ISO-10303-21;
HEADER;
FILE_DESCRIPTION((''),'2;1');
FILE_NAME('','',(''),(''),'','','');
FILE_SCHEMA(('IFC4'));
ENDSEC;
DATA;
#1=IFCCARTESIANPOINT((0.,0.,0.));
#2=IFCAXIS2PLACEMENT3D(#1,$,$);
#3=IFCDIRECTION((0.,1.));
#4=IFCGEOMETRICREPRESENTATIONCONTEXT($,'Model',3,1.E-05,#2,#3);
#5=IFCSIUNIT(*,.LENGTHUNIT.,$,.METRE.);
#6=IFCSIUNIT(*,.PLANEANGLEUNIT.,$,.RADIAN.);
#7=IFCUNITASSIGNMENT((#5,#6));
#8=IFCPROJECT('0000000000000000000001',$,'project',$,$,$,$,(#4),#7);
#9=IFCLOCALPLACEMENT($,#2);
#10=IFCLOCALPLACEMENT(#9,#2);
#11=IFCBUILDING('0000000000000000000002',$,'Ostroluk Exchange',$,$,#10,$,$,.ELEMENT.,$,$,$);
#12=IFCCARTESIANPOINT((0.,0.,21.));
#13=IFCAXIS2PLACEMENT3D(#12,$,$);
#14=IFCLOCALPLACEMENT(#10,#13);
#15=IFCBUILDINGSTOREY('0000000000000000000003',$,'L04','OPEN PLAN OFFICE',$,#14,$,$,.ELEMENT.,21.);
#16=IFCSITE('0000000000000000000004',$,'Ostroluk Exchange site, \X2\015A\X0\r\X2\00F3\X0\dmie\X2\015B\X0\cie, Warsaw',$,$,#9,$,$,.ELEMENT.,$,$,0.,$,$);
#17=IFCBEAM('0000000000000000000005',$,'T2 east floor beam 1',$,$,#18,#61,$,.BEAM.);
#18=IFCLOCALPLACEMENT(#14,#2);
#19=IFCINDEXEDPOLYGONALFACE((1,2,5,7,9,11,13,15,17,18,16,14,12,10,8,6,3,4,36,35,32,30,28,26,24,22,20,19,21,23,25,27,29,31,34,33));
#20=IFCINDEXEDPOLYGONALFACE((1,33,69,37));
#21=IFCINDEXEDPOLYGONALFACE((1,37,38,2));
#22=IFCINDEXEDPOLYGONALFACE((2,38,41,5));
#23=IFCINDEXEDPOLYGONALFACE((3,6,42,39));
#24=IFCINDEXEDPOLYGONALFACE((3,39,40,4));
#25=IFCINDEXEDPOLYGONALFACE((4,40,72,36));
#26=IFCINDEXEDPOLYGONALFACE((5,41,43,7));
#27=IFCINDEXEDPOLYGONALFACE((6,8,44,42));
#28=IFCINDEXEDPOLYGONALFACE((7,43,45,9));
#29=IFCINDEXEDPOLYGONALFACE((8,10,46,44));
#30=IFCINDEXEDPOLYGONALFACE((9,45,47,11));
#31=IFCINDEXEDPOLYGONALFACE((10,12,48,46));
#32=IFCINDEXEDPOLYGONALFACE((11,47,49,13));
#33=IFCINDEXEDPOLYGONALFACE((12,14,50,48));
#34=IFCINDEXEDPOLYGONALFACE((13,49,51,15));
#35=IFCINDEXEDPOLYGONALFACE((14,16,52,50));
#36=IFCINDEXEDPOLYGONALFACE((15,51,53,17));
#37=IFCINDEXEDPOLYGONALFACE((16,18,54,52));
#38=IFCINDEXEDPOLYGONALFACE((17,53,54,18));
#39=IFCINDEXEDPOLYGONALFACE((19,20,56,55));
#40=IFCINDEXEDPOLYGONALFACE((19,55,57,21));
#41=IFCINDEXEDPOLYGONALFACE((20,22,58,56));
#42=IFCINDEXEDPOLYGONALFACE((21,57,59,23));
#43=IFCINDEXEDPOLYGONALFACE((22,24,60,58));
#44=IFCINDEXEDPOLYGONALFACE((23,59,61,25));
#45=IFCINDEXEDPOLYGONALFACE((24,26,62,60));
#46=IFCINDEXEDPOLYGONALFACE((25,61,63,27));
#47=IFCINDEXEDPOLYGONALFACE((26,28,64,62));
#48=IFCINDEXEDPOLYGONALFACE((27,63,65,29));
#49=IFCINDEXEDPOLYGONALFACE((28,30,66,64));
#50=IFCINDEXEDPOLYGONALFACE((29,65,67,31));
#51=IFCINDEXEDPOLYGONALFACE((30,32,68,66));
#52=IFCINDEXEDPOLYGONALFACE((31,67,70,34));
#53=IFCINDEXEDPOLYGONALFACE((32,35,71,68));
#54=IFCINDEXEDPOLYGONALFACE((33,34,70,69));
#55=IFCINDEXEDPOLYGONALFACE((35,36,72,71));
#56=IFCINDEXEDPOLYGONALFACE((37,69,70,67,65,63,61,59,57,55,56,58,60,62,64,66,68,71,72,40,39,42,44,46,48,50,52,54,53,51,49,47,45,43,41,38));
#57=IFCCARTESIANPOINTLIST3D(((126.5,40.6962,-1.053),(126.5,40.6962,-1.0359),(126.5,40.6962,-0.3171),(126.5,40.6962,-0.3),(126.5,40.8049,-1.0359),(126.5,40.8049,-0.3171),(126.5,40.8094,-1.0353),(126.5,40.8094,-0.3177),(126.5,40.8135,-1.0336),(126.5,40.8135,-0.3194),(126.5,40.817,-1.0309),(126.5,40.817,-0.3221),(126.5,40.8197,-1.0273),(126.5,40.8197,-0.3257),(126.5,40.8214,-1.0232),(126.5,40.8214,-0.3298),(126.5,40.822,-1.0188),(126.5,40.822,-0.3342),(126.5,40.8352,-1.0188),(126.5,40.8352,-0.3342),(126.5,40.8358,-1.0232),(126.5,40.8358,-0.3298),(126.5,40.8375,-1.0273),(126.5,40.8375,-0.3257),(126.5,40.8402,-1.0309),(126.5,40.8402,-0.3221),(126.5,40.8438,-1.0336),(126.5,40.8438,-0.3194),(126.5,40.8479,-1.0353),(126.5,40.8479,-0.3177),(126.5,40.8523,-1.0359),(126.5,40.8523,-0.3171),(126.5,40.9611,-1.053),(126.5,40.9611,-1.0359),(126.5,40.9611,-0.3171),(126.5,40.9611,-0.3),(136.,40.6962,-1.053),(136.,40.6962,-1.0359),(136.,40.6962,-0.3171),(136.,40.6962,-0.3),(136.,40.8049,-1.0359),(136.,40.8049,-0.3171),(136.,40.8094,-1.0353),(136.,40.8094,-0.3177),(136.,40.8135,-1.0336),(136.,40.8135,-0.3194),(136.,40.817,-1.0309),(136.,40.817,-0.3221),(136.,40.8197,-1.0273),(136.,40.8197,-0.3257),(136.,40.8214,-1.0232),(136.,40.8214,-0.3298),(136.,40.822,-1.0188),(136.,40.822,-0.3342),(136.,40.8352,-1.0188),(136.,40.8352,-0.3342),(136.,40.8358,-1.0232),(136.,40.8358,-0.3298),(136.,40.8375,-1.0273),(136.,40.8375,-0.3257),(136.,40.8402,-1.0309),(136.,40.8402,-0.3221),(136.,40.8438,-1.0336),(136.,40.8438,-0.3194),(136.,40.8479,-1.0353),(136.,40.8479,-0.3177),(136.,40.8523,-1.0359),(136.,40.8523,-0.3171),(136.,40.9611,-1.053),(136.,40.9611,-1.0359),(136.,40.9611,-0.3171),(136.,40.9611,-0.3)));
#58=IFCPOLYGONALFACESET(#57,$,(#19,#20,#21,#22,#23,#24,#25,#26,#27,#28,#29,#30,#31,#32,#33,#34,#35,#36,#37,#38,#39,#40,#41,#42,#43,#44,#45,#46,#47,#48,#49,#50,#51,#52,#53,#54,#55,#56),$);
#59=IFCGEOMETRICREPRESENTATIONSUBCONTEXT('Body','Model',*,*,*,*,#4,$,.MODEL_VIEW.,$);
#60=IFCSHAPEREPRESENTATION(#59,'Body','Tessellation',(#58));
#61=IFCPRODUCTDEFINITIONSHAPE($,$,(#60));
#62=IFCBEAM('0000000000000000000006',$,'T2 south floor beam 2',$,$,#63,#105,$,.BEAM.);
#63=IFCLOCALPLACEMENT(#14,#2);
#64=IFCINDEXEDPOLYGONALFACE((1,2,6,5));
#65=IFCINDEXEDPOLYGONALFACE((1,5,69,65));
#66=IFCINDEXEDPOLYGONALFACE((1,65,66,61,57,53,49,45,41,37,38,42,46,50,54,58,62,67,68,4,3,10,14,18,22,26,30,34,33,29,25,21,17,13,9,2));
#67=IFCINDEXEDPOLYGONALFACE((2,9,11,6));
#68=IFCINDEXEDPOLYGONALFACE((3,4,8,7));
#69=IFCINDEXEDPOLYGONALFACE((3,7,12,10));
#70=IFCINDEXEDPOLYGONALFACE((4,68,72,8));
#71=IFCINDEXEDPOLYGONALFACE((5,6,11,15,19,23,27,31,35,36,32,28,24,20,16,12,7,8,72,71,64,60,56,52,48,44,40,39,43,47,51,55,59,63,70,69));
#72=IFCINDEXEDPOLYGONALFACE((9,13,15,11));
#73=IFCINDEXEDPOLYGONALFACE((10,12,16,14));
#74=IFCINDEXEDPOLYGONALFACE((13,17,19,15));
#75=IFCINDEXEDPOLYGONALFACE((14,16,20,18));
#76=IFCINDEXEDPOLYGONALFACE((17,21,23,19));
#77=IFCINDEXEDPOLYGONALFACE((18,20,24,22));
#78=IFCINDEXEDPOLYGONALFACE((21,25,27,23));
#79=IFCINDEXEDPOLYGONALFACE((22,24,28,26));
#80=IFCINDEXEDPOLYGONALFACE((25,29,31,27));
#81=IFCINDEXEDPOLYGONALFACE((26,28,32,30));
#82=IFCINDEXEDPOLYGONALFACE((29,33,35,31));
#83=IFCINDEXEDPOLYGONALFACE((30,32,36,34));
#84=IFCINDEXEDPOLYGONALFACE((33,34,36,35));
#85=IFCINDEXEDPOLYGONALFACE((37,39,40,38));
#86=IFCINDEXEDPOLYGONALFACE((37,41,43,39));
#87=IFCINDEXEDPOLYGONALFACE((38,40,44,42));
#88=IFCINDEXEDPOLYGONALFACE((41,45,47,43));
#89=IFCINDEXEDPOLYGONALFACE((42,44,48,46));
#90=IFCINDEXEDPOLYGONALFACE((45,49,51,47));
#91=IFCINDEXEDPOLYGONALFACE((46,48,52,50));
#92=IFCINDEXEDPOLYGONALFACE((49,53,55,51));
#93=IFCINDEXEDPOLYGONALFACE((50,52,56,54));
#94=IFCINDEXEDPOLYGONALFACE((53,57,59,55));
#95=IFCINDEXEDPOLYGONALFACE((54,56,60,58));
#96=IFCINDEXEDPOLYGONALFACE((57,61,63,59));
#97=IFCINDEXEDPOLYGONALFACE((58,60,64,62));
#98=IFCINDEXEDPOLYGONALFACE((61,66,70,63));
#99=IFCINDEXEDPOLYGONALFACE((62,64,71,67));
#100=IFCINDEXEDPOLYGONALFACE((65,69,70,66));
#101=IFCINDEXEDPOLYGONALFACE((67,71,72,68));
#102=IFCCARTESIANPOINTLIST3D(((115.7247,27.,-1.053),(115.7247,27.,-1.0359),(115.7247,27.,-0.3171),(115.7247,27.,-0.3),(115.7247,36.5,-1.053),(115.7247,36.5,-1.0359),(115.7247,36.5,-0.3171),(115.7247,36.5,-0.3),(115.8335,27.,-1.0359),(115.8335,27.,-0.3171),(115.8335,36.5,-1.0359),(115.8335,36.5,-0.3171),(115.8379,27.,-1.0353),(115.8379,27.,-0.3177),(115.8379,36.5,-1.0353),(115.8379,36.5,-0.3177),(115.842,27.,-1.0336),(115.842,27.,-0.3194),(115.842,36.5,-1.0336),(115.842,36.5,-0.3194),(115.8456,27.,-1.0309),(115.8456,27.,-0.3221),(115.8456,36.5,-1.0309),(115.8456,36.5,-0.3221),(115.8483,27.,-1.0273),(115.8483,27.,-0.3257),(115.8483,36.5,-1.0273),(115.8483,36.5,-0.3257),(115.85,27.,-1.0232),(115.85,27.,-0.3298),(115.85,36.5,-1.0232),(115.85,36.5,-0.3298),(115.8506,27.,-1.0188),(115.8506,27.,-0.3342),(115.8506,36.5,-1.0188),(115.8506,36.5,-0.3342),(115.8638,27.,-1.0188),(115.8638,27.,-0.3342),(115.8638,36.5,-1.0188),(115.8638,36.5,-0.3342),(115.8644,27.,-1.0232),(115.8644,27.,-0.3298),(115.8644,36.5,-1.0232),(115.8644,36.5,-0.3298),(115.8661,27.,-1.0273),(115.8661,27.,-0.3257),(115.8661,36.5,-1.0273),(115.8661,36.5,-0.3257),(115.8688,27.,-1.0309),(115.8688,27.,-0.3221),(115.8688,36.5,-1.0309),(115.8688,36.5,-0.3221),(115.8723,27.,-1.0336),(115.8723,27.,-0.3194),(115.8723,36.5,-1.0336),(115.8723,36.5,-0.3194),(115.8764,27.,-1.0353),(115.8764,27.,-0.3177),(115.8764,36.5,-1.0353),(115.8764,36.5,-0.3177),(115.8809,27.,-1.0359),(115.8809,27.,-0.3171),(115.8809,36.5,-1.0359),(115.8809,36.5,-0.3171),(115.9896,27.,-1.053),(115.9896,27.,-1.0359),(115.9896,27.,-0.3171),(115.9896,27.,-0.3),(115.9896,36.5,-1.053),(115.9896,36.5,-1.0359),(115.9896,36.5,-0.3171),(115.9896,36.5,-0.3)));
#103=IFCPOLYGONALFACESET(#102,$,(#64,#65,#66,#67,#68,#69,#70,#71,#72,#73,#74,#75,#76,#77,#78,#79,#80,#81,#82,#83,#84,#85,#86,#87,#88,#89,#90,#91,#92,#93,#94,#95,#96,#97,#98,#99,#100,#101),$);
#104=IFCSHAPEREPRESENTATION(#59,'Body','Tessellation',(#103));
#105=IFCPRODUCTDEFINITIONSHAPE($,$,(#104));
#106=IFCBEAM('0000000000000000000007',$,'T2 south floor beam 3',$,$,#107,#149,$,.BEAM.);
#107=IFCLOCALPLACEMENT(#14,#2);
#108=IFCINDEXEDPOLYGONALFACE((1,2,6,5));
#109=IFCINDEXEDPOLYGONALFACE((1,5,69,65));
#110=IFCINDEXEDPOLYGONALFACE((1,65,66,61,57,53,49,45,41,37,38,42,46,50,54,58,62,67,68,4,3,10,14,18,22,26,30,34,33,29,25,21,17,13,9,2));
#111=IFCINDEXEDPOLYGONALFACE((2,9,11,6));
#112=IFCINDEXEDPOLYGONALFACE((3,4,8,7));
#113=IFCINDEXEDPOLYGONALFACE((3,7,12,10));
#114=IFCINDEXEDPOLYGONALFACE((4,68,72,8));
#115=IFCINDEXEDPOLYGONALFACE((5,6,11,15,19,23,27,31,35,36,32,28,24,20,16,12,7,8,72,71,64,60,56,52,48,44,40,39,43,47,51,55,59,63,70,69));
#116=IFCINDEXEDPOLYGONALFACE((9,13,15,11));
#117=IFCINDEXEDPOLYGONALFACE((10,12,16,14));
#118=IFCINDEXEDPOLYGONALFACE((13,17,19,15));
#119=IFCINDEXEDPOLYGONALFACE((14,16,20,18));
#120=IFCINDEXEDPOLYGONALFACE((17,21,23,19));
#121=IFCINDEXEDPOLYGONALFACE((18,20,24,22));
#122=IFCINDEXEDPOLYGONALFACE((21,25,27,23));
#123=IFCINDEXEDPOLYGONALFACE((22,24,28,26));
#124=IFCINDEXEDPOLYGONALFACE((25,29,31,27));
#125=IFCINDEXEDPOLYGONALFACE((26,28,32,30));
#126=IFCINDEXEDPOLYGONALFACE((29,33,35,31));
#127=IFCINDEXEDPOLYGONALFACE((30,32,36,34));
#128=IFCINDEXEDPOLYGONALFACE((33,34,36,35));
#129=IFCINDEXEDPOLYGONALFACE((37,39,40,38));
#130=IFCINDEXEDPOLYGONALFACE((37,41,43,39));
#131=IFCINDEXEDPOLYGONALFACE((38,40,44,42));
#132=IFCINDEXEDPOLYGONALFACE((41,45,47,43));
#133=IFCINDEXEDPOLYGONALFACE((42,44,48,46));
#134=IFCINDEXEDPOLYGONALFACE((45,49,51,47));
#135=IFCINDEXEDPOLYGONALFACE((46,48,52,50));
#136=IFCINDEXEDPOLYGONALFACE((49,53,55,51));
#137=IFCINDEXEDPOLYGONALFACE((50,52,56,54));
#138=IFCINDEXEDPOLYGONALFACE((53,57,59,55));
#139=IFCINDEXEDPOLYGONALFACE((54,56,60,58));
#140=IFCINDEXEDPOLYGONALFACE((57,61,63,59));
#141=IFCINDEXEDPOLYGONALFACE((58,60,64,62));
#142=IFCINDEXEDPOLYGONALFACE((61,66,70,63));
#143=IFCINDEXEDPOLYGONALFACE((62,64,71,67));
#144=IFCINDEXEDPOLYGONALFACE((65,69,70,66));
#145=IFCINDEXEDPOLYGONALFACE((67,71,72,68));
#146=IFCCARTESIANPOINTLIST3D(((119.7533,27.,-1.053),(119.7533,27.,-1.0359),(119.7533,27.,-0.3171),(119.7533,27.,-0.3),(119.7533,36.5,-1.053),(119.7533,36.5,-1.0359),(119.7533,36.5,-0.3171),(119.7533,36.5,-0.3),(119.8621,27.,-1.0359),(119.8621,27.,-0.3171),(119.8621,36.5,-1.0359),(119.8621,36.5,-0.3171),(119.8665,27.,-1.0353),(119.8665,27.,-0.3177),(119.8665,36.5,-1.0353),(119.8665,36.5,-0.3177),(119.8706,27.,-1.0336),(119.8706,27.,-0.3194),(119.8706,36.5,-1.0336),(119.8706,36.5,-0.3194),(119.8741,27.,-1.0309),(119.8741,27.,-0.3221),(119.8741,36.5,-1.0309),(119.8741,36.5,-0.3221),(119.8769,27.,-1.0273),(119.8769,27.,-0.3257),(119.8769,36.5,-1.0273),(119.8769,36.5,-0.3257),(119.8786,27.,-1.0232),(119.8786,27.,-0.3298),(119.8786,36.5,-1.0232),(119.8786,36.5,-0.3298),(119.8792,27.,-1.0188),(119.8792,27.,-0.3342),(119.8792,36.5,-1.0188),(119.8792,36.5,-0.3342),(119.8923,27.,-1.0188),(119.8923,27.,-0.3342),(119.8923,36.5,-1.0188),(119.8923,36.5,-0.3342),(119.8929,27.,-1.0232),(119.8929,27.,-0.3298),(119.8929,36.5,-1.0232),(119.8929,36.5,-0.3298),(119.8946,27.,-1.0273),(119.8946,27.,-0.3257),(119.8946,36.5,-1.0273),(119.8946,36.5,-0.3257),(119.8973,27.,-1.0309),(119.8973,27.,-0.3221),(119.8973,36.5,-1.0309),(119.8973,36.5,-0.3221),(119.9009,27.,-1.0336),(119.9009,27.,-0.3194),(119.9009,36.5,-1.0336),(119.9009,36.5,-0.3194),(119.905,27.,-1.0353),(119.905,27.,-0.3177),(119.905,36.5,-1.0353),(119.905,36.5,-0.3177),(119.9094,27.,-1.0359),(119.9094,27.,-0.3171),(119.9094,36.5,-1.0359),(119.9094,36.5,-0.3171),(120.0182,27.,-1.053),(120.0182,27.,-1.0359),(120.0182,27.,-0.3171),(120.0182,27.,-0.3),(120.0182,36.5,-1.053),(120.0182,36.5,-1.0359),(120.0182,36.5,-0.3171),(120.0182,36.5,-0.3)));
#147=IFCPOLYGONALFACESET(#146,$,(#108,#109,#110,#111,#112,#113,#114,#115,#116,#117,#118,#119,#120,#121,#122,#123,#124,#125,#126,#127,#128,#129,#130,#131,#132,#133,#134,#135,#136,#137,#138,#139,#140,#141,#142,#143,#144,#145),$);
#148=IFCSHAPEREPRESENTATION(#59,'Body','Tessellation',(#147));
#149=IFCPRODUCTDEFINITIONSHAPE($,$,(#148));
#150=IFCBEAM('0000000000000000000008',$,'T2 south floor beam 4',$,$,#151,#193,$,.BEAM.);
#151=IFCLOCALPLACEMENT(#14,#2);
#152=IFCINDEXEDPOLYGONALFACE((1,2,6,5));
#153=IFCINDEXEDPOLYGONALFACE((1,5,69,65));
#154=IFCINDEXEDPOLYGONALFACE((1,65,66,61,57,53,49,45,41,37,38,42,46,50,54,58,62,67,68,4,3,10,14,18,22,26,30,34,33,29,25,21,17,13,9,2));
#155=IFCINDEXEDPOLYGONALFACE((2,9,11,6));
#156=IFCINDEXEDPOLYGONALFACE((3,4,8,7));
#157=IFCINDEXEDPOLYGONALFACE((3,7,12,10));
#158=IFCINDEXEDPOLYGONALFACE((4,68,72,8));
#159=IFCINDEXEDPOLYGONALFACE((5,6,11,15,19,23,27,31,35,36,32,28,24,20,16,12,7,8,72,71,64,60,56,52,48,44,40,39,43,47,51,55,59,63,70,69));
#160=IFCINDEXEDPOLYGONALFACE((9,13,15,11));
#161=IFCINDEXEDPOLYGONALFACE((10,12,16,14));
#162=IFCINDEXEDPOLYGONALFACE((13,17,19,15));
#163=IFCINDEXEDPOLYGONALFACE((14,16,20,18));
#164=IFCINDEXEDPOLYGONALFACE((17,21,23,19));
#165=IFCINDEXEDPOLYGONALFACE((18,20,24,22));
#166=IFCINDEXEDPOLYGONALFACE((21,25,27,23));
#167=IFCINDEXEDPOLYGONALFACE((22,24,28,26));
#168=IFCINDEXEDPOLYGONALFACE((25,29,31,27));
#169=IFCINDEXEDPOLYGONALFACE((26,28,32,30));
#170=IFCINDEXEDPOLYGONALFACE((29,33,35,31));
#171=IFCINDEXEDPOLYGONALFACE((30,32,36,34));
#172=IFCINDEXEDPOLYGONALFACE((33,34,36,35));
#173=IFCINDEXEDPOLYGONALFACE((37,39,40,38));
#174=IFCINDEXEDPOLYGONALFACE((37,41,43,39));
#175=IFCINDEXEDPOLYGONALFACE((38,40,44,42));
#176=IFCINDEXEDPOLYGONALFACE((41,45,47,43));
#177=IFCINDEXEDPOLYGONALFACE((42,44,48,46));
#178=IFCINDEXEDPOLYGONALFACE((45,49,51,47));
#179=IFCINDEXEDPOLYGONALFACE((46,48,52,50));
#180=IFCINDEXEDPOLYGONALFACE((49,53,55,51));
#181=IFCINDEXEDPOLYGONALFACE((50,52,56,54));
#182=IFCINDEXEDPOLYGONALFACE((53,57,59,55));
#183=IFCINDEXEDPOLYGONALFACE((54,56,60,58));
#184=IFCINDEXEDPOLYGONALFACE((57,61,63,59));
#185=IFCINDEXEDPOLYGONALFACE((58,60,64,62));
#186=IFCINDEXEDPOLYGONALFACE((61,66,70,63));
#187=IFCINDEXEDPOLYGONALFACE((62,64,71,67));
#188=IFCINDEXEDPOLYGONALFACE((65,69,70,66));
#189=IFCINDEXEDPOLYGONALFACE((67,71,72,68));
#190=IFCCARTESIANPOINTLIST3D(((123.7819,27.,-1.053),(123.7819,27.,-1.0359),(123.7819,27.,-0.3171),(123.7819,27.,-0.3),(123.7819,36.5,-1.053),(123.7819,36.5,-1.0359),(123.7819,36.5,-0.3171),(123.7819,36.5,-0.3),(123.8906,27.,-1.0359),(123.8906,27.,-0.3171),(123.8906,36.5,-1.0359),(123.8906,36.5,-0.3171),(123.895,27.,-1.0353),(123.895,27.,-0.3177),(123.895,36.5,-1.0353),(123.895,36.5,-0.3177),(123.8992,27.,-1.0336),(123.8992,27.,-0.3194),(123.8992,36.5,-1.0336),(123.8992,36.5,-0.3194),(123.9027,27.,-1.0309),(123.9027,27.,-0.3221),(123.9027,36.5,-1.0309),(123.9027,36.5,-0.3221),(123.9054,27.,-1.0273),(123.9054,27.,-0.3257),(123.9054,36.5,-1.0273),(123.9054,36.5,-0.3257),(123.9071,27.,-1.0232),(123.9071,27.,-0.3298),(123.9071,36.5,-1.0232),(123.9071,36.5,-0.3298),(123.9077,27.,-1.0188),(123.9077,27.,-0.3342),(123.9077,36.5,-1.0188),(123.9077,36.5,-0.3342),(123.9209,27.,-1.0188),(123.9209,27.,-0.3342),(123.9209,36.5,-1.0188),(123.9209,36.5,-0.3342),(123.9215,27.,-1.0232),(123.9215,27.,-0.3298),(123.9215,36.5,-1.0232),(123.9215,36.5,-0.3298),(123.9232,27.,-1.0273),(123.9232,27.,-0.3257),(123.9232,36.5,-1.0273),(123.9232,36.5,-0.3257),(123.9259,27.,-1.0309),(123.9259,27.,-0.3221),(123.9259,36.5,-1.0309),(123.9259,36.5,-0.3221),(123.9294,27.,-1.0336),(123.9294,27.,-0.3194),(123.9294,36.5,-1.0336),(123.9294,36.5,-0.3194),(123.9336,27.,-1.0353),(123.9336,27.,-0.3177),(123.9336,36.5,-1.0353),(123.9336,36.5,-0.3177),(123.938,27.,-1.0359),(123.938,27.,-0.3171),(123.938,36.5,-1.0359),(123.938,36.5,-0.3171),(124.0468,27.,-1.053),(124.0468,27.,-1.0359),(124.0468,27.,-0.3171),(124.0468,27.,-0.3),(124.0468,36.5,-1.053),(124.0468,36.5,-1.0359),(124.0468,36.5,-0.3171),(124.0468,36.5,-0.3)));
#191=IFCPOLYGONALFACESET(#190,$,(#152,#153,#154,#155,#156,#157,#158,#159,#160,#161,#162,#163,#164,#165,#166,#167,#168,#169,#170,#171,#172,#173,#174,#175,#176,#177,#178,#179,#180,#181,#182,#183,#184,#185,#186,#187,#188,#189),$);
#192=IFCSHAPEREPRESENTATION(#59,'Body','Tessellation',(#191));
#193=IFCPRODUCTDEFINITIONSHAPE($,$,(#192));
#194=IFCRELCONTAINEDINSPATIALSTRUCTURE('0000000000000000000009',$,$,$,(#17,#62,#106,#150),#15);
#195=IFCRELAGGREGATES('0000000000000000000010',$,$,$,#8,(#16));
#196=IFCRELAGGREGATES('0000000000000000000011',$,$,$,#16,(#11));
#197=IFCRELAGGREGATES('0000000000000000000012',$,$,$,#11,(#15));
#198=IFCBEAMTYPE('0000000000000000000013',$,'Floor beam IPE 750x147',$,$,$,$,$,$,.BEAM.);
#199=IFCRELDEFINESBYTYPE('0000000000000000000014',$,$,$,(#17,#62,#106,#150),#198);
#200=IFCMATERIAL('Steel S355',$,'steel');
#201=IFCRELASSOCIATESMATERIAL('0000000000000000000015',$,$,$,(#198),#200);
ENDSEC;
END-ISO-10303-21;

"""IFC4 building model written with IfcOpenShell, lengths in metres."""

from ifc_helpers import new_model, si_unit, direction, frame, origin, origin_2d, place, context, subcontext, project, spatial, i_section, extrude, material, material_profile, profile_set, type_object, element, save


model = new_model("IFC4")

# Units and contexts
model_context = context("Model", 3, precision=1e-05, world=origin(), true_north=direction((0.0, 1.0)))
body_context = subcontext(model_context, "Body", "Model", "MODEL_VIEW")
ifc_project = project(units=[si_unit("LENGTHUNIT", "METRE"), si_unit("PLANEANGLEUNIT", "RADIAN")], contexts=[model_context])

# Site, building, storey
site_placement = place(None, origin())
site = spatial("IfcSite", under=ifc_project, at=site_placement, Name="Ostroluk Exchange site, Śródmieście, Warsaw", CompositionType="ELEMENT", RefElevation=0.0)
building_placement = place(site_placement, origin())
building = spatial("IfcBuilding", under=site, at=building_placement, Name="Ostroluk Exchange", CompositionType="ELEMENT")
storey_placement = place(building_placement, frame((0.0, 0.0, 21.0)))
storey = spatial("IfcBuildingStorey", under=building, at=storey_placement, Name="L04", Description="OPEN PLAN OFFICE", CompositionType="ELEMENT", Elevation=21.0)

# Beams
ifc_material_1 = material(Name="Steel S355", Category="steel")
ifc_material_profile_1 = material_profile(ifc_material_1, i_section(OverallWidth=0.2649, OverallDepth=0.7529, WebThickness=0.0132, FlangeThickness=0.0171, FilletRadius=0.0171, at=origin_2d()), Name="IPE 750x147")
ifc_profile_set_1 = profile_set([ifc_material_profile_1], Name="Steel S355")
beam_type_1 = type_object("IfcBeamType", Name="Floor beam IPE 750x147", PredefinedType="BEAM", material=ifc_profile_set_1)
for number, where, z_axis, x_axis, name in (
    (1, (126.5, 40.8286, -0.6765), (1.0, 0.0, 0.0), (0.0, 1.0, 0.0), "T2 east floor beam 1"),
    (2, (115.8572, 36.5, -0.6765), (0.0, -1.0, 0.0), (1.0, 0.0, 0.0), "T2 south floor beam 2"),
    (3, (119.8857, 36.5, -0.6765), (0.0, -1.0, 0.0), (1.0, 0.0, 0.0), "T2 south floor beam 3"),
    (4, (123.9143, 36.5, -0.6765), (0.0, -1.0, 0.0), (1.0, 0.0, 0.0), "T2 south floor beam 4"),
):
    element("IfcBeam", number, at=place(storey_placement, frame(where, z_axis=z_axis, x_axis=x_axis)), inside=storey, type_object=beam_type_1, Name=name, PredefinedType="BEAM", context=body_context, shape_type="SweptSolid", body=[
        extrude(i_section(OverallWidth=0.2649, OverallDepth=0.7529, WebThickness=0.0132, FlangeThickness=0.0171, FilletRadius=0.0171, at=origin_2d()), origin(), (0.0, 0.0, 1.0), 9.5),
    ])

save(model, "model.ifc")
